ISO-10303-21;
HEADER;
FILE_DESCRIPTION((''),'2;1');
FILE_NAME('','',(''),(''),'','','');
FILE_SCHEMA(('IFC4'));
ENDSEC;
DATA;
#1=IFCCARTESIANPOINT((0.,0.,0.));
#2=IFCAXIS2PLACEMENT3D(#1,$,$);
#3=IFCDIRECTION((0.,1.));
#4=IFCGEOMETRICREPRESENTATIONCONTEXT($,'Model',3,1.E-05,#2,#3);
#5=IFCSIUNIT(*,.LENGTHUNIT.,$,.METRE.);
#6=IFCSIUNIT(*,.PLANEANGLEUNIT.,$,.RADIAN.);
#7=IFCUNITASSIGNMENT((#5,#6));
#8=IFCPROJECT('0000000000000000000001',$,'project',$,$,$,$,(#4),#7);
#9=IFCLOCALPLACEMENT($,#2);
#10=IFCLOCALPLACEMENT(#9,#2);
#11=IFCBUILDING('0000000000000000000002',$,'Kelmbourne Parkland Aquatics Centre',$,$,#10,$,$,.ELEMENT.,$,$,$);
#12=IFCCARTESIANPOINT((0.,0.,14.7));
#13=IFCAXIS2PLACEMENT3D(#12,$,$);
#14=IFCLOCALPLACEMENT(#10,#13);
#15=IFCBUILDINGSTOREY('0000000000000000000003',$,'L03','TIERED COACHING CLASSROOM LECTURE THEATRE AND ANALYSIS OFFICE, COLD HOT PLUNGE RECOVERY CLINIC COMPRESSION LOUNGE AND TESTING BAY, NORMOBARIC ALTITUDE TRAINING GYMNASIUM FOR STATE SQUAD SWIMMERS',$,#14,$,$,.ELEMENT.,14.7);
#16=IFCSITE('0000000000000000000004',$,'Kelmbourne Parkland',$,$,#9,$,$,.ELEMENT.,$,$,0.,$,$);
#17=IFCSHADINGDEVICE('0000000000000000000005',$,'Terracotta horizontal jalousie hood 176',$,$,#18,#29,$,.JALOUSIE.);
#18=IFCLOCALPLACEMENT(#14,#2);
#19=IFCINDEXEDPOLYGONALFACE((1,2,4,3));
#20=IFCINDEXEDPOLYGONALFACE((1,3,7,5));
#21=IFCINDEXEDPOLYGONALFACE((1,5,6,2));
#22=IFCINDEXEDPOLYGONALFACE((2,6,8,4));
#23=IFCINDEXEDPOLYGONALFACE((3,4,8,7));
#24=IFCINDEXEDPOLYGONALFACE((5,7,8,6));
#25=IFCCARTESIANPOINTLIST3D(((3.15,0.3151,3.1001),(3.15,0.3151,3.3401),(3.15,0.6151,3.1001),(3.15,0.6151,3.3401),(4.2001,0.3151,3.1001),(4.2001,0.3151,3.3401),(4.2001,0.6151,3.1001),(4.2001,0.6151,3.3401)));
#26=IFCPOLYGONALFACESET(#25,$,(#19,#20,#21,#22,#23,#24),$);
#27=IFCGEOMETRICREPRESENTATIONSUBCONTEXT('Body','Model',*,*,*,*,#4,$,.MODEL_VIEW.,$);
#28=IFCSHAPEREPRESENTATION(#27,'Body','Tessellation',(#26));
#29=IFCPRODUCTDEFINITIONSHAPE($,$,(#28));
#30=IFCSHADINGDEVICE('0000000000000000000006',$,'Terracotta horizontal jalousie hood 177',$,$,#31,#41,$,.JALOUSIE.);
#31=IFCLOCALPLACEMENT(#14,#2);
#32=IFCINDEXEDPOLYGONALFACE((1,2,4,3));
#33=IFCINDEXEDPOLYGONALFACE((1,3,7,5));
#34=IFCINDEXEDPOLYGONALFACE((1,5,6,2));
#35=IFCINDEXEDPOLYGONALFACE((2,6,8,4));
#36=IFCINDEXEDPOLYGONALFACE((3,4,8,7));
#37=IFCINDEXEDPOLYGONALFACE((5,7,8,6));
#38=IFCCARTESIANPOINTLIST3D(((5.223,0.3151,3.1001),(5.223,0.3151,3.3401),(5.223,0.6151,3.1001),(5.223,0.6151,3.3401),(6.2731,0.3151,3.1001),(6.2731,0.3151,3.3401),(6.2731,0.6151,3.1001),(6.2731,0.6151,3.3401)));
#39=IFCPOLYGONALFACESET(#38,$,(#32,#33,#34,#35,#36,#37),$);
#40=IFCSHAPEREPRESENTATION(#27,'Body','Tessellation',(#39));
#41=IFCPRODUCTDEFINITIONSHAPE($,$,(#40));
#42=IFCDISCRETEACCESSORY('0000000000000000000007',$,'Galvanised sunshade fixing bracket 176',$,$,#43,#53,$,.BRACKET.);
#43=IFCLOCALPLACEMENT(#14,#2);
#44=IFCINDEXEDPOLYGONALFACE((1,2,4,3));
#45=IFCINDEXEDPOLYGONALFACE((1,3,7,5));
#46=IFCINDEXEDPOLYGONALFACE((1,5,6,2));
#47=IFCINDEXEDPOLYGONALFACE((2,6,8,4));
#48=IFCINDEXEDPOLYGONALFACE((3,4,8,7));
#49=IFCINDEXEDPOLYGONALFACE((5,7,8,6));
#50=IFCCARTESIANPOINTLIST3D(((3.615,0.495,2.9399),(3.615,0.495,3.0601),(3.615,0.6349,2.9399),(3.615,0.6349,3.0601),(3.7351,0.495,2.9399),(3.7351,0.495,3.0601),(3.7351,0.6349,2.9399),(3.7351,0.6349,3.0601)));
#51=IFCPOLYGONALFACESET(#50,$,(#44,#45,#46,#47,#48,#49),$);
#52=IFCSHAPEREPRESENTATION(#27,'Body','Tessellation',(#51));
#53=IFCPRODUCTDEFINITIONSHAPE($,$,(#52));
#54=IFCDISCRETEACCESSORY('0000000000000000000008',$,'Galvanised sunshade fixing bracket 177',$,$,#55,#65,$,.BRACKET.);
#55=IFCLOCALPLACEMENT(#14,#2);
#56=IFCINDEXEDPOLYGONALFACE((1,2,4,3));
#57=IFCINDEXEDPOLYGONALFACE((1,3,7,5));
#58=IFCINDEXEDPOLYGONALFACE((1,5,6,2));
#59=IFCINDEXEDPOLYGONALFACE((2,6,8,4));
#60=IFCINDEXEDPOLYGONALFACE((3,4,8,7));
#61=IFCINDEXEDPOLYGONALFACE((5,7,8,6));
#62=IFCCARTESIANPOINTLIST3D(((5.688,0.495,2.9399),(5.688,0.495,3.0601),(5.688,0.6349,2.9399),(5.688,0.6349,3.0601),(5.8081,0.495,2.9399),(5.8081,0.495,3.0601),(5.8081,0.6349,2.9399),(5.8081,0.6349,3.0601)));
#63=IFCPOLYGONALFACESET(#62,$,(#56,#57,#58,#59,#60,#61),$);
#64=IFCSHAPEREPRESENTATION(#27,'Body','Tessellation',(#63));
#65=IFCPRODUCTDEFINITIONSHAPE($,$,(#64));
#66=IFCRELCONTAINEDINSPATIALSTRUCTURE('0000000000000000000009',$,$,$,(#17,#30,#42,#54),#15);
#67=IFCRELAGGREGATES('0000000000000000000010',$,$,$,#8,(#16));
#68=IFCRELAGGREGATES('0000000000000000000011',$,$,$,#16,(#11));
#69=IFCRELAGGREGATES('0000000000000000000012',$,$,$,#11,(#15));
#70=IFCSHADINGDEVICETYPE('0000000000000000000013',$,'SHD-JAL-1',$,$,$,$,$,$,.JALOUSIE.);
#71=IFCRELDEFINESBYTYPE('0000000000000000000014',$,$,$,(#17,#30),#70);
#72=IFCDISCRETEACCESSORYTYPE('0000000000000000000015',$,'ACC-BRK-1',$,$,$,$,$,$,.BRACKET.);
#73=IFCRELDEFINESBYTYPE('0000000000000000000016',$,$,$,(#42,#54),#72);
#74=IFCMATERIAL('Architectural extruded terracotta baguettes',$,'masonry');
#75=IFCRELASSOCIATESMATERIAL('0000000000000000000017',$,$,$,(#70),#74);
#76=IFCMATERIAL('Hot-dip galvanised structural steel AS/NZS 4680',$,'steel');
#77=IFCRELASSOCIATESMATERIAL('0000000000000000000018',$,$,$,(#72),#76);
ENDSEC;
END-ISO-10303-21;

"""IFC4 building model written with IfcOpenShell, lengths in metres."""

from ifc_helpers import new_model, si_unit, direction, frame, origin, origin_2d, place, context, subcontext, project, spatial, rectangle, extrude, material, type_object, element, save


model = new_model("IFC4")

# Units and contexts
model_context = context("Model", 3, precision=1e-05, world=origin(), true_north=direction((0.0, 1.0)))
body_context = subcontext(model_context, "Body", "Model", "MODEL_VIEW")
ifc_project = project(units=[si_unit("LENGTHUNIT", "METRE"), si_unit("PLANEANGLEUNIT", "RADIAN")], contexts=[model_context])

# Site, building, storey
site_placement = place(None, origin())
site = spatial("IfcSite", under=ifc_project, at=site_placement, Name="Kelmbourne Parkland", CompositionType="ELEMENT", RefElevation=0.0)
building_placement = place(site_placement, origin())
building = spatial("IfcBuilding", under=site, at=building_placement, Name="Kelmbourne Parkland Aquatics Centre", CompositionType="ELEMENT")
storey_placement = place(building_placement, frame((0.0, 0.0, 14.7)))
storey = spatial("IfcBuildingStorey", under=building, at=storey_placement, Name="L03", Description="TIERED COACHING CLASSROOM LECTURE THEATRE AND ANALYSIS OFFICE, COLD HOT PLUNGE RECOVERY CLINIC COMPRESSION LOUNGE AND TESTING BAY, NORMOBARIC ALTITUDE TRAINING GYMNASIUM FOR STATE SQUAD SWIMMERS", CompositionType="ELEMENT", Elevation=14.7)

# Shading devices
ifc_material_1 = material(Name="Architectural extruded terracotta baguettes", Category="masonry")
shading_device_type = type_object("IfcShadingDeviceType", Name="SHD-JAL-1", PredefinedType="JALOUSIE", material=ifc_material_1)
for number, where, z_axis, x_axis, name in (
    (1, (3.675, 0.4651, 3.1001), (0.0, 0.0, 1.0), (1.0, 0.0, 0.0), "Terracotta horizontal jalousie hood 176"),
    (2, (5.748, 0.4651, 3.1001), (0.0, 0.0, 1.0), (1.0, 0.0, 0.0), "Terracotta horizontal jalousie hood 177"),
):
    element("IfcShadingDevice", number, at=place(storey_placement, frame(where, z_axis=z_axis, x_axis=x_axis)), inside=storey, type_object=shading_device_type, Name=name, PredefinedType="JALOUSIE", context=body_context, shape_type="SweptSolid", body=[
        extrude(rectangle(XDim=1.05, YDim=0.3, at=origin_2d()), origin(), (0.0, 0.0, 1.0), 0.24),
    ])

# Discrete accessories
ifc_material_2 = material(Name="Hot-dip galvanised structural steel AS/NZS 4680", Category="steel")
discrete_accessory_type = type_object("IfcDiscreteAccessoryType", Name="ACC-BRK-1", PredefinedType="BRACKET", material=ifc_material_2)
for number, where, z_axis, x_axis, name in (
    (3, (3.675, 0.5649, 2.9399), (0.0, 0.0, 1.0), (1.0, 0.0, 0.0), "Galvanised sunshade fixing bracket 176"),
    (4, (5.748, 0.5649, 2.9399), (0.0, 0.0, 1.0), (1.0, 0.0, 0.0), "Galvanised sunshade fixing bracket 177"),
):
    element("IfcDiscreteAccessory", number, at=place(storey_placement, frame(where, z_axis=z_axis, x_axis=x_axis)), inside=storey, type_object=discrete_accessory_type, Name=name, PredefinedType="BRACKET", context=body_context, shape_type="SweptSolid", body=[
        extrude(rectangle(XDim=0.1201, YDim=0.1399, at=origin_2d()), origin(), (0.0, 0.0, 1.0), 0.1201),
    ])

save(model, "model.ifc")
